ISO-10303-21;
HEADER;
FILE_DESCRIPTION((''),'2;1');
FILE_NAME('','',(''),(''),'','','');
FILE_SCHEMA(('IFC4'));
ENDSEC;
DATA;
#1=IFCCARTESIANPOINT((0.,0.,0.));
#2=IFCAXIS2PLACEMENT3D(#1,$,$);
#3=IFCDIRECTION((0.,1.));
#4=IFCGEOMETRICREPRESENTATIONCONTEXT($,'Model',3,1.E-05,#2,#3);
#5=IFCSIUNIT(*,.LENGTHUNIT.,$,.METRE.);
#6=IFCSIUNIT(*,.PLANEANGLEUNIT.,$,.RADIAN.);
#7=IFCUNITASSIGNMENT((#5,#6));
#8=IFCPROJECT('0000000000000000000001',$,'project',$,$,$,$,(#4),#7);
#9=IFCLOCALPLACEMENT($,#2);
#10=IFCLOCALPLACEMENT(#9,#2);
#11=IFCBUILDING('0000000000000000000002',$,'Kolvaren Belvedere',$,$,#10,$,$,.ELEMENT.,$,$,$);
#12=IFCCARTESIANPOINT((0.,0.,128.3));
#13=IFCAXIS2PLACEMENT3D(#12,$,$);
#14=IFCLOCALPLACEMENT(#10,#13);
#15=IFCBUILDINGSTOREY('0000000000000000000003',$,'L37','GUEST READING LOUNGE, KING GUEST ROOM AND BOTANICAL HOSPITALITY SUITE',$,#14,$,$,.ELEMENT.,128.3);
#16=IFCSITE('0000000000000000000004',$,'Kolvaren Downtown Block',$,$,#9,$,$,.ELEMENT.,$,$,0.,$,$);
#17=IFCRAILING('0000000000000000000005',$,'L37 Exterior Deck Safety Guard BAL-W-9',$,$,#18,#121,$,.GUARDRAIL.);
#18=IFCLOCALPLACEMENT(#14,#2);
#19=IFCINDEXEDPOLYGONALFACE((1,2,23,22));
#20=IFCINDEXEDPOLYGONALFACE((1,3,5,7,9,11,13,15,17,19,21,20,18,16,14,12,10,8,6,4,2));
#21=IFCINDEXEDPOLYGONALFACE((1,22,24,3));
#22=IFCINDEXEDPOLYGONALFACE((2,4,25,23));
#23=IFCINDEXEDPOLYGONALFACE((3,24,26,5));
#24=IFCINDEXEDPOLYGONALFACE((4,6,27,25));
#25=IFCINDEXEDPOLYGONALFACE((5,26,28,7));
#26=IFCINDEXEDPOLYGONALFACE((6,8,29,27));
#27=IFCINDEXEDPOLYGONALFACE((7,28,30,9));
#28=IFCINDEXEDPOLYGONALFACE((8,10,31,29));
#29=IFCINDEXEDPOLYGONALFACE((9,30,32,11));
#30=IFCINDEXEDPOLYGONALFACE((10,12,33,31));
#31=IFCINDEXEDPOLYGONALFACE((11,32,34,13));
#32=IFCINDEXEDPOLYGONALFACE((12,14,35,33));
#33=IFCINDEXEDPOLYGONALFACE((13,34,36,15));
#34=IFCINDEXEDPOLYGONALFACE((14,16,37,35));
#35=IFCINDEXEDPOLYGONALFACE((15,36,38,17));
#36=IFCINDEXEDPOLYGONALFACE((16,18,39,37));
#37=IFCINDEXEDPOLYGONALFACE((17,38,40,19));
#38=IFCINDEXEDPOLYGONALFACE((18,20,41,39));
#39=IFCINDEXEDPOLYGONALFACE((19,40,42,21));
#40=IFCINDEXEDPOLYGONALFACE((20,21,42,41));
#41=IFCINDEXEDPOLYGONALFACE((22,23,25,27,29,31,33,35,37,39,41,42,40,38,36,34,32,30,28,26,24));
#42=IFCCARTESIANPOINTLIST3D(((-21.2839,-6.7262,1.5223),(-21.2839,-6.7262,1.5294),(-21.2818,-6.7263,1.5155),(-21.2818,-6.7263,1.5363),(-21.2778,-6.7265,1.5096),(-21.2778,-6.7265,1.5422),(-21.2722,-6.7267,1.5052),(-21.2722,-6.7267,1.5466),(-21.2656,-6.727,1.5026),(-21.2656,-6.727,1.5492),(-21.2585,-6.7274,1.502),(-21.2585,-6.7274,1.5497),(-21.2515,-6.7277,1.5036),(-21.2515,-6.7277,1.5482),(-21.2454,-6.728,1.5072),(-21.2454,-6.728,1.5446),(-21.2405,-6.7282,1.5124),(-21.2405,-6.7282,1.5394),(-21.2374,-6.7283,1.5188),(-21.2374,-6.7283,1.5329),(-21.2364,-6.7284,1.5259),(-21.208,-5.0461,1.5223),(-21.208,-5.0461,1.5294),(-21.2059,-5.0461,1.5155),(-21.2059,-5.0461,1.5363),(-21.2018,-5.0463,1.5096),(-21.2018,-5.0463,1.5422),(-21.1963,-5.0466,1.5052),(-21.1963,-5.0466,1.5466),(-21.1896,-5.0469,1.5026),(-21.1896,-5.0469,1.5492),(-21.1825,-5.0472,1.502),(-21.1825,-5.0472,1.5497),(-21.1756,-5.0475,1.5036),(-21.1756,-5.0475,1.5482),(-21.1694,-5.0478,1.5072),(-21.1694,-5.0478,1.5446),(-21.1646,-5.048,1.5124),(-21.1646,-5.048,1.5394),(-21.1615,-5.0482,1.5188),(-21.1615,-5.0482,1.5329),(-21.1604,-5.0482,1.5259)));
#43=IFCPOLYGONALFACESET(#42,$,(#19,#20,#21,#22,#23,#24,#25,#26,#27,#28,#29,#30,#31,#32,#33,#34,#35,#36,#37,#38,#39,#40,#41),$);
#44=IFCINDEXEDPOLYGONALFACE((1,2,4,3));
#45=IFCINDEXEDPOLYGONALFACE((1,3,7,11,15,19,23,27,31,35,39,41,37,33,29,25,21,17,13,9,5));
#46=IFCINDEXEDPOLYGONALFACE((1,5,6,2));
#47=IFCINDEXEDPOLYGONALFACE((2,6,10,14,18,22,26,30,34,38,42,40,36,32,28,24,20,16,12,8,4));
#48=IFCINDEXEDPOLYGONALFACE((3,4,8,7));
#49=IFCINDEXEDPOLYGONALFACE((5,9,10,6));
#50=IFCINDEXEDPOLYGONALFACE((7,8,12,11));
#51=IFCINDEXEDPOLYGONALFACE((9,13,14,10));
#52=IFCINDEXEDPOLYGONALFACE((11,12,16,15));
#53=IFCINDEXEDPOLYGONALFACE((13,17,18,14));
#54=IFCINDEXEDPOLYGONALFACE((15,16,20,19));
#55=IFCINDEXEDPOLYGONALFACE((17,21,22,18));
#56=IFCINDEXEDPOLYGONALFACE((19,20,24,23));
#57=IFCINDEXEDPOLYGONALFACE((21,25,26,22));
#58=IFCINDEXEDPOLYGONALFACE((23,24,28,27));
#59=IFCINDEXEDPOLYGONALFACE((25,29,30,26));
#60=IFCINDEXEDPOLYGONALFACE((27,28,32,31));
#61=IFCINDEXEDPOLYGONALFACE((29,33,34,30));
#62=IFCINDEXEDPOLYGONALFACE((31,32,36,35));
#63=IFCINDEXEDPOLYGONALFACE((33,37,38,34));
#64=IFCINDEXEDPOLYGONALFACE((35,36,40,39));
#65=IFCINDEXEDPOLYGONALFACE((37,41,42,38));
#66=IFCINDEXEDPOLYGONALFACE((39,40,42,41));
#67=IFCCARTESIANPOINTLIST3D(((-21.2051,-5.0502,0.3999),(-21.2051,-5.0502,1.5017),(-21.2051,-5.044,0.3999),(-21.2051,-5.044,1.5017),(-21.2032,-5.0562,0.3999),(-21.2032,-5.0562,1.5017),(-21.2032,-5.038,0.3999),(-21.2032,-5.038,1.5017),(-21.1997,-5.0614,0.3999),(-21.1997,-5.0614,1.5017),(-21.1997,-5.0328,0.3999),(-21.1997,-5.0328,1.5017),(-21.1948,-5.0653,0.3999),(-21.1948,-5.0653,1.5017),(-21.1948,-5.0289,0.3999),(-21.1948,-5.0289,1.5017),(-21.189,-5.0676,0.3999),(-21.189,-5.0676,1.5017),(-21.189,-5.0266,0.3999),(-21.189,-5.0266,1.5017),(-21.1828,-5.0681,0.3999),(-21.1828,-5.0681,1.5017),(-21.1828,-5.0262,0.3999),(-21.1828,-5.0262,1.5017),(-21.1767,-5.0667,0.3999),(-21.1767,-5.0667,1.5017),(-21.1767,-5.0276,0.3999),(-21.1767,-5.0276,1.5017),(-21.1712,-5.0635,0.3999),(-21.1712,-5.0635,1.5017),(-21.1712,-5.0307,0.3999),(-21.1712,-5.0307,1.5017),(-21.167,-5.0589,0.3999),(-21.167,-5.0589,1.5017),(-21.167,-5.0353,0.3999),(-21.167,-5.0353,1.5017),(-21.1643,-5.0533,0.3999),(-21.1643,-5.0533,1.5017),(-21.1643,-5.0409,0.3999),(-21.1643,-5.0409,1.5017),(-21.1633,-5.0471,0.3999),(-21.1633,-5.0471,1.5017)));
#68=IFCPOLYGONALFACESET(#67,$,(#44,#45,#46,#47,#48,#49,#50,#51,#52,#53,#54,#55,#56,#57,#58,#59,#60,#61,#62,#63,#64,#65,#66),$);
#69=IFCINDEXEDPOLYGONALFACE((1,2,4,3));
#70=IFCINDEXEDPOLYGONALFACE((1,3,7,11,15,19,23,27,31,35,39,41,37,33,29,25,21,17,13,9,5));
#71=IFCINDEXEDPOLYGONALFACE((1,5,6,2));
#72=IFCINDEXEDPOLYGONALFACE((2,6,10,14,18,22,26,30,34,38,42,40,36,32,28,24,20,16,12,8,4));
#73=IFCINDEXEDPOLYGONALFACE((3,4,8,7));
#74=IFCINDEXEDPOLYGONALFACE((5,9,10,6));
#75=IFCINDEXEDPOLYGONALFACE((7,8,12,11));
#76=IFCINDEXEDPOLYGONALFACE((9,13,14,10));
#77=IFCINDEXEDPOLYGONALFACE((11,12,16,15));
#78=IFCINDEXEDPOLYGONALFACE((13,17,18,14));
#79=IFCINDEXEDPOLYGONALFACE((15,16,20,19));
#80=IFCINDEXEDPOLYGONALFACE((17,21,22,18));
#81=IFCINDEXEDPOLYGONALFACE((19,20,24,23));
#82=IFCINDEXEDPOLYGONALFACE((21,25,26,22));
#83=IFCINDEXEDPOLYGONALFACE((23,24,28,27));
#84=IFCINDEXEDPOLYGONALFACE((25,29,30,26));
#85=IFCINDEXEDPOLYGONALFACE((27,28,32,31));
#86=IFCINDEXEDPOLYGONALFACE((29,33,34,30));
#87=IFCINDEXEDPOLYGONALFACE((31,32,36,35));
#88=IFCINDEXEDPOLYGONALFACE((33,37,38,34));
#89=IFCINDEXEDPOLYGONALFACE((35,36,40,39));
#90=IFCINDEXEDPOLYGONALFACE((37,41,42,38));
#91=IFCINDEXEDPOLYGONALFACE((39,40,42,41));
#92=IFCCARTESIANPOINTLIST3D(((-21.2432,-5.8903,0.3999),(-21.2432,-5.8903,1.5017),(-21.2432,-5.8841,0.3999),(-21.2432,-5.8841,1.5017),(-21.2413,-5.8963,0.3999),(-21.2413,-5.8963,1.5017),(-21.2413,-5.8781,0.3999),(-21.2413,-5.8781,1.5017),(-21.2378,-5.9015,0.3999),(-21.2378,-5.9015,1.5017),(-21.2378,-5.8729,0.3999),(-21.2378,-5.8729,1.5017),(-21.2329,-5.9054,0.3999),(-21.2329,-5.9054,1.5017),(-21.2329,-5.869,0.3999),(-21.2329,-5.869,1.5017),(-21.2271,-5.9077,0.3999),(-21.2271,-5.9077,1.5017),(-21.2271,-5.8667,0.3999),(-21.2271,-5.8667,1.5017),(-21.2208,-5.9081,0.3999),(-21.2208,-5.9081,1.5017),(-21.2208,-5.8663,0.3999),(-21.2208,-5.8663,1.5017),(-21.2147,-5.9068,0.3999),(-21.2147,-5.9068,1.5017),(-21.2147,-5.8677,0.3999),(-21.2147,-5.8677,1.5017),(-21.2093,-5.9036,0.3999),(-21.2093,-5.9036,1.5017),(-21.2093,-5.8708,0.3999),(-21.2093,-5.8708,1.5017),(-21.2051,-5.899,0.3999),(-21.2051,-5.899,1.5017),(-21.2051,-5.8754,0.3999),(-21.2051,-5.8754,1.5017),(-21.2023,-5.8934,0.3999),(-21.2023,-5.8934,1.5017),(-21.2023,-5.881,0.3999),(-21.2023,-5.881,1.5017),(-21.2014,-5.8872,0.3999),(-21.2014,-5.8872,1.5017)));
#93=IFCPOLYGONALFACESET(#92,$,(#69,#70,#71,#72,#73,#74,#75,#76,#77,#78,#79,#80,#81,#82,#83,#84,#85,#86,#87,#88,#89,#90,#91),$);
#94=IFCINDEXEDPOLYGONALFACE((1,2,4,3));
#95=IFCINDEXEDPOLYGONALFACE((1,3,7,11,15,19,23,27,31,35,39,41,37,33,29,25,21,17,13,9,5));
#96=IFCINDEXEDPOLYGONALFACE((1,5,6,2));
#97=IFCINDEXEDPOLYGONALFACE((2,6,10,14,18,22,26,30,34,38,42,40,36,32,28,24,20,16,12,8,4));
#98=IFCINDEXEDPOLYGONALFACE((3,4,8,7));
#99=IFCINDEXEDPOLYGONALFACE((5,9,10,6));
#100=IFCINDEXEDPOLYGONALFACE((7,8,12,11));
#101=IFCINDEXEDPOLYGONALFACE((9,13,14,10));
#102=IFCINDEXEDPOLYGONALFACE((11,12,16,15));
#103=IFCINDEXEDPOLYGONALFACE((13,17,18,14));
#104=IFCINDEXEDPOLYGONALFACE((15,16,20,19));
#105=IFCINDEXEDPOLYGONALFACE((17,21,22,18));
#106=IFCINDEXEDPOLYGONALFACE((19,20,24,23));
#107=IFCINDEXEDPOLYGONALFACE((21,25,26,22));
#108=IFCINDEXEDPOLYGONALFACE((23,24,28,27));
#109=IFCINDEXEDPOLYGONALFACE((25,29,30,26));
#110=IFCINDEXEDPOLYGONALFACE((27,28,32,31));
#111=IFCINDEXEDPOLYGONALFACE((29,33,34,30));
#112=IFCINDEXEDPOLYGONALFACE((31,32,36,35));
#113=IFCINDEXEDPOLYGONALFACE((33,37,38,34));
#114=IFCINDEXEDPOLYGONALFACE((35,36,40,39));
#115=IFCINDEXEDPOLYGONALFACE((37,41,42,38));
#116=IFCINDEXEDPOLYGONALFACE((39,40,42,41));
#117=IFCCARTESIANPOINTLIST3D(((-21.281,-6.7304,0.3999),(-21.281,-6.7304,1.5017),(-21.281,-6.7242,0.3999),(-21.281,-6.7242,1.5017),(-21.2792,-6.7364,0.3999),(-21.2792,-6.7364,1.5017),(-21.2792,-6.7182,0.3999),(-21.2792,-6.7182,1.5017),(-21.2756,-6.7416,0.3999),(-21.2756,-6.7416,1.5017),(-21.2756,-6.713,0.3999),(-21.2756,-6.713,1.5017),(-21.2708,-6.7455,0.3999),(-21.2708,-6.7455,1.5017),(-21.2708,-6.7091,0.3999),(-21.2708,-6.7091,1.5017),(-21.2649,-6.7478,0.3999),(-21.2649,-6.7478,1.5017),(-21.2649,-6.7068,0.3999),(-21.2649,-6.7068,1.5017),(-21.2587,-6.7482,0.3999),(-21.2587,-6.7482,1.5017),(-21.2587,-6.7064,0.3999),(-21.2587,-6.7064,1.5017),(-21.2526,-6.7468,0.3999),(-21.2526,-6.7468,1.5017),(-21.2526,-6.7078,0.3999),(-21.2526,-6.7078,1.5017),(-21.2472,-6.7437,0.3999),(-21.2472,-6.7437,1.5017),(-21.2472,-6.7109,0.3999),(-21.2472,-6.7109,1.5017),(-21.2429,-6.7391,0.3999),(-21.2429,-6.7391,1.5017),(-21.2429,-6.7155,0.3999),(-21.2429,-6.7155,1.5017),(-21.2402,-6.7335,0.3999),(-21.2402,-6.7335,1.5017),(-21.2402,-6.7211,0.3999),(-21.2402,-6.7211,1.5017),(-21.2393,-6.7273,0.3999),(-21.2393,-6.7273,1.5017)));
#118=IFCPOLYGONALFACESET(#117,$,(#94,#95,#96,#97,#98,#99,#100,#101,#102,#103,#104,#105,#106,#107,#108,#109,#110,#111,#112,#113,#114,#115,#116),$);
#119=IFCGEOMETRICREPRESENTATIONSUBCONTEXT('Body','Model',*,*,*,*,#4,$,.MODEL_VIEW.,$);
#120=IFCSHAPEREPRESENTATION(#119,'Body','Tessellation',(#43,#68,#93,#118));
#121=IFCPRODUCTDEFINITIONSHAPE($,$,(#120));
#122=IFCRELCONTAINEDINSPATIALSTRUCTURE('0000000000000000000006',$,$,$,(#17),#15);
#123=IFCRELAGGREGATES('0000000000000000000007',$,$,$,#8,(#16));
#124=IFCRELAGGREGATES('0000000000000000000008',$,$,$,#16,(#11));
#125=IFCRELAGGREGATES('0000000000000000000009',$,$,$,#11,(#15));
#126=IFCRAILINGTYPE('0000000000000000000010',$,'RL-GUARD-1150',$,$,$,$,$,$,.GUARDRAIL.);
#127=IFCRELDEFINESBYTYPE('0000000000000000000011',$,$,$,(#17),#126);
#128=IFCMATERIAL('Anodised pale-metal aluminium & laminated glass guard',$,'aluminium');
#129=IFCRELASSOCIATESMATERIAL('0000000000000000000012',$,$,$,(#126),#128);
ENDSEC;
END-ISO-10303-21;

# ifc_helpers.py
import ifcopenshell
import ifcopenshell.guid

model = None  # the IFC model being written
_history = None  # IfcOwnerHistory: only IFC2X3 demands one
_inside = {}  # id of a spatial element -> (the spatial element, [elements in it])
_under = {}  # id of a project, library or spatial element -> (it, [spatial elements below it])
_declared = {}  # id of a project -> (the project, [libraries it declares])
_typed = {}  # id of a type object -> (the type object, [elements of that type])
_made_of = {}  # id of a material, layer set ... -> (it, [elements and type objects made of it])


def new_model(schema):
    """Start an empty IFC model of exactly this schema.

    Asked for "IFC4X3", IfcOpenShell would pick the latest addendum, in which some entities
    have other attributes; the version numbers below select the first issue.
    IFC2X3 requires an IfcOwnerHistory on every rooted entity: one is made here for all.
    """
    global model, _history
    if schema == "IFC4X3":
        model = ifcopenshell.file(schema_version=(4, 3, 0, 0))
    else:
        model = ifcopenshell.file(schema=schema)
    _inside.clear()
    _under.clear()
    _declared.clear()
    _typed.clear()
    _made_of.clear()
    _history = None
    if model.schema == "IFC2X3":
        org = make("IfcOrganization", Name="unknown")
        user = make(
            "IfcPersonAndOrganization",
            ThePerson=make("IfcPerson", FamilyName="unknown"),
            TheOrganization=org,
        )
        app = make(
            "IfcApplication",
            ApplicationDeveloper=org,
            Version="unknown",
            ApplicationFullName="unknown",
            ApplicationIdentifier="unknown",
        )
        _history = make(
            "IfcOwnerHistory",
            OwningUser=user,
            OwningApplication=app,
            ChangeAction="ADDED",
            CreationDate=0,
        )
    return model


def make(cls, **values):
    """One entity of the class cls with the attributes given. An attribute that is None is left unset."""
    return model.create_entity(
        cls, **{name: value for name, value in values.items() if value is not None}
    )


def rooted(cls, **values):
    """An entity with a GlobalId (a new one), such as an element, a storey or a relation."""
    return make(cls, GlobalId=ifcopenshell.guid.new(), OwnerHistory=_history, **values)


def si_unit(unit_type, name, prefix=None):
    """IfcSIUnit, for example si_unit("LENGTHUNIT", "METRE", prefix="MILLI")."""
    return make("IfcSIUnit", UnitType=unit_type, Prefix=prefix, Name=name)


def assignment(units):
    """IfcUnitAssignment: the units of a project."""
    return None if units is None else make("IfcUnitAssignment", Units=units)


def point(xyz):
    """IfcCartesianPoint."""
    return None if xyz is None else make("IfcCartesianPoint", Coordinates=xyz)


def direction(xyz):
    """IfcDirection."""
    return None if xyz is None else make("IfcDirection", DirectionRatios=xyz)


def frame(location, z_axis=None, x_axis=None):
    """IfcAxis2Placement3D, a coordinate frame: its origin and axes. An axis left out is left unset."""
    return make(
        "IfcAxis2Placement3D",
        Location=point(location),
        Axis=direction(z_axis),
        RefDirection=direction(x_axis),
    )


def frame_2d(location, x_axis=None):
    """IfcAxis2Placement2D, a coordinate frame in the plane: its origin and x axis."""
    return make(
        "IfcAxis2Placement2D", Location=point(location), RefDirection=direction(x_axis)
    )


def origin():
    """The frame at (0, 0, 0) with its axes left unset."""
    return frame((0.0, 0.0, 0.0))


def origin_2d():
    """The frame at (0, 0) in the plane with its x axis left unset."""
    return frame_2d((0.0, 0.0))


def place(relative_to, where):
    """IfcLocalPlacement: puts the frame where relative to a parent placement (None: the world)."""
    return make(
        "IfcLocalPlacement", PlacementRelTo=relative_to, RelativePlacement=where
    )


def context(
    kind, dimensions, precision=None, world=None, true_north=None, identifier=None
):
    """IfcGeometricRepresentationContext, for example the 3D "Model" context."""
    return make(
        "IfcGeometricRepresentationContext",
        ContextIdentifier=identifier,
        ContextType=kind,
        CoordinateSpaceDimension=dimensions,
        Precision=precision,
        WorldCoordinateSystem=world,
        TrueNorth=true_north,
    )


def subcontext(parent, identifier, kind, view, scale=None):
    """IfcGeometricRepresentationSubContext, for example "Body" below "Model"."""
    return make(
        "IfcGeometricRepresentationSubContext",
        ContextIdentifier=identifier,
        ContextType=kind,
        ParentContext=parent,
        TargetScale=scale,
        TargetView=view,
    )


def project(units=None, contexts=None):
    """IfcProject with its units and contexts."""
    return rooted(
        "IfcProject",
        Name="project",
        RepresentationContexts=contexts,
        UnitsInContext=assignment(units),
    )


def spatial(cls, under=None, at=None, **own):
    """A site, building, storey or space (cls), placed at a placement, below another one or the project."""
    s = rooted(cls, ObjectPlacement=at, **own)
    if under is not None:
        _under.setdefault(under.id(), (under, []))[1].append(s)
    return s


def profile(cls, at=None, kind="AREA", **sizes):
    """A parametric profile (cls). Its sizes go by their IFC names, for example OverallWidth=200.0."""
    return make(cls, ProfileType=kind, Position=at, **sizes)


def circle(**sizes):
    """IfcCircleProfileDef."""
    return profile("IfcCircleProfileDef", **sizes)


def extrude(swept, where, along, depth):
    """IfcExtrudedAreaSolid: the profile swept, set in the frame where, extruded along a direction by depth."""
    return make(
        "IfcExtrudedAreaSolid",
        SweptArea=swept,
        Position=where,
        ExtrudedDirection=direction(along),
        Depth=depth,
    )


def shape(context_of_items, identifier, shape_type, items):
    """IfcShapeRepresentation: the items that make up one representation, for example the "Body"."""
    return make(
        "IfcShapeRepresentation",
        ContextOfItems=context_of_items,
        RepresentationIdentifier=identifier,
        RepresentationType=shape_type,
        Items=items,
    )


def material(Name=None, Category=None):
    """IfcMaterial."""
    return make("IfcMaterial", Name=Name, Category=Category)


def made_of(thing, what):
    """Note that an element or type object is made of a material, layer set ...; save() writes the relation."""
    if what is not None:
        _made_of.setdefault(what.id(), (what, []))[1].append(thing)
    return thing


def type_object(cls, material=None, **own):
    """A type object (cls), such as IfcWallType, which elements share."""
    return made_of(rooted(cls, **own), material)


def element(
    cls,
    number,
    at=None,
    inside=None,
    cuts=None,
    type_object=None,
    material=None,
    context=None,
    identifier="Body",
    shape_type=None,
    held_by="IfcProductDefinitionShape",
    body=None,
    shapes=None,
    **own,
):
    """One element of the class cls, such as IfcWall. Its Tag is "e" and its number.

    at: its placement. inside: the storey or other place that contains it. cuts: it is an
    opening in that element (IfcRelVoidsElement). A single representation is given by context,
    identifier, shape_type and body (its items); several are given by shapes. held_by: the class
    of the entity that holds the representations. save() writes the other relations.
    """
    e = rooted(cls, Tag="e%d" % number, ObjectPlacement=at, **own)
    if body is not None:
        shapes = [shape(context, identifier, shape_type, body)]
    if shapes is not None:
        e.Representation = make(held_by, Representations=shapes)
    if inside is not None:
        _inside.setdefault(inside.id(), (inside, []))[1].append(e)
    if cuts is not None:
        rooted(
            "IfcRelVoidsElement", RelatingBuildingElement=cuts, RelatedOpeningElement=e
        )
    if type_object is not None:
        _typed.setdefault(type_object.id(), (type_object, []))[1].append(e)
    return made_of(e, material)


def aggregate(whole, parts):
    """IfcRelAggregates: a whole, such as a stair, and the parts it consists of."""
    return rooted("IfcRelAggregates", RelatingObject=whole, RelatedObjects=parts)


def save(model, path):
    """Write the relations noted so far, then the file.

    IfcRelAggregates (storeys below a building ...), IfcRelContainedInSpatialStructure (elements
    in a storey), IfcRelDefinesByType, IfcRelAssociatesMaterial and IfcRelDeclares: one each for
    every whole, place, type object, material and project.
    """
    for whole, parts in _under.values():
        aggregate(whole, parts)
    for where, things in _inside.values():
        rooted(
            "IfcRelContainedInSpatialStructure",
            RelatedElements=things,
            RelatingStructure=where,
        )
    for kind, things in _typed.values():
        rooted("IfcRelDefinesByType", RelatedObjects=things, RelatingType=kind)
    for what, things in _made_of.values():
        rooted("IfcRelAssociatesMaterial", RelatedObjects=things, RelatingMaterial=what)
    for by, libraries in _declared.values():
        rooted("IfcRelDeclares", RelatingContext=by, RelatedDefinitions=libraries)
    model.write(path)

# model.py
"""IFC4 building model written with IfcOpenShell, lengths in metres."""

from ifc_helpers import new_model, si_unit, direction, frame, origin, origin_2d, place, context, subcontext, project, spatial, circle, extrude, material, type_object, element, save


model = new_model("IFC4")

# Units and contexts
model_context = context("Model", 3, precision=1e-05, world=origin(), true_north=direction((0.0, 1.0)))
body_context = subcontext(model_context, "Body", "Model", "MODEL_VIEW")
ifc_project = project(units=[si_unit("LENGTHUNIT", "METRE"), si_unit("PLANEANGLEUNIT", "RADIAN")], contexts=[model_context])

# Site, building, storey
site_placement = place(None, origin())
site = spatial("IfcSite", under=ifc_project, at=site_placement, Name="Kolvaren Downtown Block", CompositionType="ELEMENT", RefElevation=0.0)
building_placement = place(site_placement, origin())
building = spatial("IfcBuilding", under=site, at=building_placement, Name="Kolvaren Belvedere", CompositionType="ELEMENT")
storey_placement = place(building_placement, frame((0.0, 0.0, 128.3)))
storey = spatial("IfcBuildingStorey", under=building, at=storey_placement, Name="L37", Description="GUEST READING LOUNGE, KING GUEST ROOM AND BOTANICAL HOSPITALITY SUITE", CompositionType="ELEMENT", Elevation=128.3)

# Railing
ifc_material_1 = material(Name="Anodised pale-metal aluminium & laminated glass guard", Category="aluminium")
railing_type = type_object("IfcRailingType", Name="RL-GUARD-1150", PredefinedType="GUARDRAIL", material=ifc_material_1)
railing_1_placement = place(storey_placement, frame((-21.1843, -5.0471, 0.3999)))
element("IfcRailing", 1, at=railing_1_placement, inside=storey, type_object=railing_type, Name="L37 Exterior Deck Safety Guard BAL-W-9", PredefinedType="GUARDRAIL", context=body_context, shape_type="SweptSolid", body=[
    extrude(circle(Radius=0.0239, at=origin_2d()), frame((0.0, 0.0, 1.126), z_axis=(-0.045144, -0.99898, 0.0), x_axis=(0.99898, -0.045144, 0.0)), (0.0, 0.0, 1.0), 1.6819),
    extrude(circle(Radius=0.021, at=origin_2d()), origin(), (0.0, 0.0, 1.0), 1.1018),
    extrude(circle(Radius=0.021, at=origin_2d()), frame((-0.0381, -0.8401, 0.0)), (0.0, 0.0, 1.0), 1.1018),
    extrude(circle(Radius=0.021, at=origin_2d()), frame((-0.0759, -1.6802, 0.0)), (0.0, 0.0, 1.0), 1.1018),
])

save(model, "model.ifc")
